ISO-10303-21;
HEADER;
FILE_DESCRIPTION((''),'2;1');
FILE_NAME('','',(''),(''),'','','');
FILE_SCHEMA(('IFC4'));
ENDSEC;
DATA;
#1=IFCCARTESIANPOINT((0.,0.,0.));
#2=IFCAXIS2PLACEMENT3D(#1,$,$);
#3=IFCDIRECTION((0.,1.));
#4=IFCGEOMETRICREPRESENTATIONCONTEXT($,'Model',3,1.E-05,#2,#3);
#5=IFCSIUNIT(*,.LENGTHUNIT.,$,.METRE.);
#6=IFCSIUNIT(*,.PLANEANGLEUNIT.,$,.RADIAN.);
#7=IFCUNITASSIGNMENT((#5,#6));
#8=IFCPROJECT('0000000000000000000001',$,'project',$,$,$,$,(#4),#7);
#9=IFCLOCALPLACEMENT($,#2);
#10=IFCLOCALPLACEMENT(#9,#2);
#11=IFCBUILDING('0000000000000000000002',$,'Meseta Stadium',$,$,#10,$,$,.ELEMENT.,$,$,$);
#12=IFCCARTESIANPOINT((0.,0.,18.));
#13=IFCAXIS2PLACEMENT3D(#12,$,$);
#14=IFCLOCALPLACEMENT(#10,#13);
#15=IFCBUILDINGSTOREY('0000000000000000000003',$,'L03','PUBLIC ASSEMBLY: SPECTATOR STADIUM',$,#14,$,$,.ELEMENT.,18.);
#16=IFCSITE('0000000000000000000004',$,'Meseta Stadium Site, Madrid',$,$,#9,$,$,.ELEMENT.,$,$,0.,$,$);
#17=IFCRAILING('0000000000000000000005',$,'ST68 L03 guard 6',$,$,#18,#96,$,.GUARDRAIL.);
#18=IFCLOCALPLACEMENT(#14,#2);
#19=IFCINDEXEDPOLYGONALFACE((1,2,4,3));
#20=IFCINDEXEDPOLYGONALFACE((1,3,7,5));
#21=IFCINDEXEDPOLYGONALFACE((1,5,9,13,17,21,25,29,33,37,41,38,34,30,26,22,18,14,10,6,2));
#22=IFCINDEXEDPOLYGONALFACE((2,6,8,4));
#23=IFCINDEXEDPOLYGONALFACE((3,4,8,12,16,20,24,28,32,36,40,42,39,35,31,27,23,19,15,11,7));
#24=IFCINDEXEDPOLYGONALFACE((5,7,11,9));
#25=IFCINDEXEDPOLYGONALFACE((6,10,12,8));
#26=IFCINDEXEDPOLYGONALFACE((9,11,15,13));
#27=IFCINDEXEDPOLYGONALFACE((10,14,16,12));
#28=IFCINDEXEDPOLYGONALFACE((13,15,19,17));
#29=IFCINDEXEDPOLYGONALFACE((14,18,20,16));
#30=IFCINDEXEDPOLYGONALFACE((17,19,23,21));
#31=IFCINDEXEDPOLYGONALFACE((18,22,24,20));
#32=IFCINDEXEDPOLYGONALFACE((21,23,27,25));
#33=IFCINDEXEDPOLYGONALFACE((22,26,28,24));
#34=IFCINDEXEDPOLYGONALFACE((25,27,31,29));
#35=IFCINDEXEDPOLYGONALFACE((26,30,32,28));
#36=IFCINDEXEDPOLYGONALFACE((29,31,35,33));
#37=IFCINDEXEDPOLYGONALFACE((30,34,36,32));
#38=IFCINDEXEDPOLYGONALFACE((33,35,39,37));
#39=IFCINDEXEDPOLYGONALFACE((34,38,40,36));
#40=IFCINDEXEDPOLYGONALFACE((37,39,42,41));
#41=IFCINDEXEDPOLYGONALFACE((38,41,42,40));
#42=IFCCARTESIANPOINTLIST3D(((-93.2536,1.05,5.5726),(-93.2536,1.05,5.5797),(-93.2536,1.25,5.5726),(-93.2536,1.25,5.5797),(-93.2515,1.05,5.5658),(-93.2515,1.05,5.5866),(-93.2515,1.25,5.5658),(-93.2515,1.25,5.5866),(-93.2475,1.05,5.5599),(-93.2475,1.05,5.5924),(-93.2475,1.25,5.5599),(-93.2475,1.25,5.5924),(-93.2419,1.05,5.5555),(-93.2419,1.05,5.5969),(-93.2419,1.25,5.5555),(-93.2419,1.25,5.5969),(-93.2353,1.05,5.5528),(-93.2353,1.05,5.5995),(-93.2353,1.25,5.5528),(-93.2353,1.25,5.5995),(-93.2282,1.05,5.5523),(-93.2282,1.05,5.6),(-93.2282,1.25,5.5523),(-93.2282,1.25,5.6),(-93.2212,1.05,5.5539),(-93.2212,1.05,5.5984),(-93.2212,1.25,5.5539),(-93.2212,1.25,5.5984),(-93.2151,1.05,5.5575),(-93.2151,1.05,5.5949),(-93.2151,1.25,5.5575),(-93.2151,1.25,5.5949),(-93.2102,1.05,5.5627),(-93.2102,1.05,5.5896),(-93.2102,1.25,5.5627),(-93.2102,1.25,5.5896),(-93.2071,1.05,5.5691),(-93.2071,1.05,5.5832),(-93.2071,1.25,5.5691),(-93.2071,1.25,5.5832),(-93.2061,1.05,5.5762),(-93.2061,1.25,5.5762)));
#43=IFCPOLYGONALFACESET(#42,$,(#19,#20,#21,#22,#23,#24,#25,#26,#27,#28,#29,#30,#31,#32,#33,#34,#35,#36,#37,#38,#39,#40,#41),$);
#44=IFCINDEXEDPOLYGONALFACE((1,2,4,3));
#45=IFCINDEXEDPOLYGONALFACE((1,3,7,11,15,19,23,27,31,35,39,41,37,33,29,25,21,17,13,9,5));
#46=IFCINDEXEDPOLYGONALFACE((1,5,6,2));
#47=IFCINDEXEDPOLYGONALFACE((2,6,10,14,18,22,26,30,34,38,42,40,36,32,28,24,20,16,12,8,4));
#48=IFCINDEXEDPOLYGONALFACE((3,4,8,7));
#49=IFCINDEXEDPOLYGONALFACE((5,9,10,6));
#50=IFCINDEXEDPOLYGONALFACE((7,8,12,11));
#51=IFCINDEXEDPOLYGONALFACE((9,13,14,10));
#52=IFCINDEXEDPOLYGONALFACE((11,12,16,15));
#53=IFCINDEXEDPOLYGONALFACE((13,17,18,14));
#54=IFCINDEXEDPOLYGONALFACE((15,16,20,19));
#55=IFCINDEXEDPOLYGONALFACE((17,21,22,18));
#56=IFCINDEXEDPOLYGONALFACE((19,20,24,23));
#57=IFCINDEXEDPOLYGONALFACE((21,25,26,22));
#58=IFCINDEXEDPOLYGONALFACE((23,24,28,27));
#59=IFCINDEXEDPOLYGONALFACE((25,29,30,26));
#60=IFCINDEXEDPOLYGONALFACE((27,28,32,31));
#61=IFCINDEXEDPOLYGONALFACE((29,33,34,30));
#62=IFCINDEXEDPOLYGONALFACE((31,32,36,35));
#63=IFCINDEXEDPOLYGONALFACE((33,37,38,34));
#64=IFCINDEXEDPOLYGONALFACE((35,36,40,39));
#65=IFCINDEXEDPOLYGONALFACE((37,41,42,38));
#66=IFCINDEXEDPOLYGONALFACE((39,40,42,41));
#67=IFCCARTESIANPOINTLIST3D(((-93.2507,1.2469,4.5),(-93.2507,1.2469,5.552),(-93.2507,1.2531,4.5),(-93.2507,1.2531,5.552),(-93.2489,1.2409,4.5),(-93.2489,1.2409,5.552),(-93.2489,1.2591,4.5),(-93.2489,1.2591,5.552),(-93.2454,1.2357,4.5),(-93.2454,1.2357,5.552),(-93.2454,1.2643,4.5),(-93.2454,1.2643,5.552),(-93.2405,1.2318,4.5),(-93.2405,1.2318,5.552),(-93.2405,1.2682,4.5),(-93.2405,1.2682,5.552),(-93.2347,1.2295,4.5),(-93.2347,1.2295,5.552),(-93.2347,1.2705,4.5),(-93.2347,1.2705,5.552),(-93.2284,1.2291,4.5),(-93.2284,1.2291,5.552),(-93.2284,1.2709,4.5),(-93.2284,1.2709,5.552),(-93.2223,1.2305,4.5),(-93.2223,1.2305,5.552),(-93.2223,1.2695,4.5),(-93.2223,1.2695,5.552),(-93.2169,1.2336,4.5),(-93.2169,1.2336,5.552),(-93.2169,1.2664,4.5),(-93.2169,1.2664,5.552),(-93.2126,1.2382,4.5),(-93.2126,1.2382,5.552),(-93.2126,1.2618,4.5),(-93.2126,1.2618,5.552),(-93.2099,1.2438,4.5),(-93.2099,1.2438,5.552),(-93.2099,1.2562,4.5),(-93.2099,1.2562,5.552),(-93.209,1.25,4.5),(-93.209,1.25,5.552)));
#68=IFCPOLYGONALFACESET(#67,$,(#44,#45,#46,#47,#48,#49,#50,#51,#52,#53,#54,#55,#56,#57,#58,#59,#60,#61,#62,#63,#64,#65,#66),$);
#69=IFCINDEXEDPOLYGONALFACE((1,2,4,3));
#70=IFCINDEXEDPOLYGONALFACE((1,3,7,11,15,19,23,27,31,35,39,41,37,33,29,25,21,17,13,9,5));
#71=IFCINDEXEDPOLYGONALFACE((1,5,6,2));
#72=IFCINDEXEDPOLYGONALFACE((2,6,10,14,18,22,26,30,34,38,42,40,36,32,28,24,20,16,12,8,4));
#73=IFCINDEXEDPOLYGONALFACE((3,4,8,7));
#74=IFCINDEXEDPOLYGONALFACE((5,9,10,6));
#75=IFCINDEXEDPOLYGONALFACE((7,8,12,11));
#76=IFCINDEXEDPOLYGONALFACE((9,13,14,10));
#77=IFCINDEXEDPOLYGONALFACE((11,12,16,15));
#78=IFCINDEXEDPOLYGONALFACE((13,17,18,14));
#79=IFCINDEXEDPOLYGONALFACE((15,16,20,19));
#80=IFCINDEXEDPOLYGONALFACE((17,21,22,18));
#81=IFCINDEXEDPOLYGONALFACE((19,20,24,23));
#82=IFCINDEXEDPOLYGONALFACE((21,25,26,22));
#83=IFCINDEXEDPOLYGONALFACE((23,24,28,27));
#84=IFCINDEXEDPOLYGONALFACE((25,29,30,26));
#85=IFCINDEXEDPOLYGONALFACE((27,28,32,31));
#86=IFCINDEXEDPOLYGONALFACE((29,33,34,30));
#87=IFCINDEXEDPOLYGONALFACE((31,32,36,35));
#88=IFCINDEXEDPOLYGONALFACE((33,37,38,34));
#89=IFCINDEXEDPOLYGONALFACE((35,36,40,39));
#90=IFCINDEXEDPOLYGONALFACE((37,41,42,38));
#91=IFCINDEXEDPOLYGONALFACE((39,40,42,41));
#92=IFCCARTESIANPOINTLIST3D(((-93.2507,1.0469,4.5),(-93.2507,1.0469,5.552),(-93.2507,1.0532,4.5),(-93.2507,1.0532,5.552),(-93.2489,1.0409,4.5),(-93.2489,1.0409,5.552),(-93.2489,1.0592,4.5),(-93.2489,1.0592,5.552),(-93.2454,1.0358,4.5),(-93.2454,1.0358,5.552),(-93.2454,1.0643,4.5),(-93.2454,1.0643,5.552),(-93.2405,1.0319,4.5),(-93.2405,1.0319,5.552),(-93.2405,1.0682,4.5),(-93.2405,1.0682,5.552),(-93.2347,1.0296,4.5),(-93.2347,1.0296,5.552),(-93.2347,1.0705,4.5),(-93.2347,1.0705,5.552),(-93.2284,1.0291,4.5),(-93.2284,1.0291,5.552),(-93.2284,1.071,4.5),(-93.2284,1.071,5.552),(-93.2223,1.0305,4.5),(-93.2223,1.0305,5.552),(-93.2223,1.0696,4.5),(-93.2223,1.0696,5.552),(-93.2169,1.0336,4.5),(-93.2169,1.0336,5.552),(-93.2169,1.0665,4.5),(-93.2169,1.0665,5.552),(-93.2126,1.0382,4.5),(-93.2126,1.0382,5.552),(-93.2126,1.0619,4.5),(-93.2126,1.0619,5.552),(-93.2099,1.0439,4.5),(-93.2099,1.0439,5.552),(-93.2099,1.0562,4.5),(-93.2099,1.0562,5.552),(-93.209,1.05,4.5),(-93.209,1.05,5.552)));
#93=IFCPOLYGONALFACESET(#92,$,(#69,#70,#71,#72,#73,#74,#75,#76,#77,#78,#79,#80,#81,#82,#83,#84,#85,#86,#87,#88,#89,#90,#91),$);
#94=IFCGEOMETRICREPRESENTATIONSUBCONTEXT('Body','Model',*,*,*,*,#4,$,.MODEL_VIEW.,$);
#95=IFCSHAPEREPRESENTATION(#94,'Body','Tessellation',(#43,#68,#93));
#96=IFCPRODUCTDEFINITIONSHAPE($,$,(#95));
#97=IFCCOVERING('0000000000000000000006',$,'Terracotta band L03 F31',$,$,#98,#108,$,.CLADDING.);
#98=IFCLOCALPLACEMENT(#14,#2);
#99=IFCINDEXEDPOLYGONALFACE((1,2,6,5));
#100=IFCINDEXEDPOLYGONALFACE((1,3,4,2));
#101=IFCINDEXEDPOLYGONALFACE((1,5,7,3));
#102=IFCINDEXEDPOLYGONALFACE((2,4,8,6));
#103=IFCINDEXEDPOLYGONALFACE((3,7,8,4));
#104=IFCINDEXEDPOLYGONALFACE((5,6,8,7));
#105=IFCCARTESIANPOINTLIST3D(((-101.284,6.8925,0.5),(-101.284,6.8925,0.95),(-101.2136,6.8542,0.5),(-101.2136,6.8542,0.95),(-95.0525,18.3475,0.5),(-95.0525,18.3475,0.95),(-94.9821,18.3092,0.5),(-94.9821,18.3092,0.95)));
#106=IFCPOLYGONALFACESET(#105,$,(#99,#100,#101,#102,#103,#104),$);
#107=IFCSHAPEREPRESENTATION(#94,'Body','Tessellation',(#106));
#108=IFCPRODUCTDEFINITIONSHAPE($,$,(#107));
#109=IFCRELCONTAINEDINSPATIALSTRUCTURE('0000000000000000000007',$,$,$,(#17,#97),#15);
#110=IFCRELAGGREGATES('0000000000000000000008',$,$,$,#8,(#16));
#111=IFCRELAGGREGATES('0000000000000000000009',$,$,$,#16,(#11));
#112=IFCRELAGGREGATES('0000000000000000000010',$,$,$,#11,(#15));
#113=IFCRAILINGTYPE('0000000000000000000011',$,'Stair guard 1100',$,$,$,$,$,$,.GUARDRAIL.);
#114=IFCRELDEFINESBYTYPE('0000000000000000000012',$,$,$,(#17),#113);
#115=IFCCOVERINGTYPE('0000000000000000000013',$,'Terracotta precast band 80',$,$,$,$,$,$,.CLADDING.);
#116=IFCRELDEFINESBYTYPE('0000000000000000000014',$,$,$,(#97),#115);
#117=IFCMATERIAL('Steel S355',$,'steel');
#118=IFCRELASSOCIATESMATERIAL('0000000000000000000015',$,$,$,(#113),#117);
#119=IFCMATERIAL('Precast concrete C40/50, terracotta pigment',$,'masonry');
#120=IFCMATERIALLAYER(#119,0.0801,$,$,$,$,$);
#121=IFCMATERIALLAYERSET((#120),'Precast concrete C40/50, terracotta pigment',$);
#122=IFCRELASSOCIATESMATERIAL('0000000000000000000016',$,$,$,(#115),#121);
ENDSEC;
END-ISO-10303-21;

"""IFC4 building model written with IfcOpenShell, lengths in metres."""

from ifc_helpers import new_model, si_unit, direction, frame, origin, origin_2d, place, context, subcontext, project, spatial, rectangle, circle, extrude, material, layer, layer_set, type_object, element, save


model = new_model("IFC4")

# Units and contexts
model_context = context("Model", 3, precision=1e-05, world=origin(), true_north=direction((0.0, 1.0)))
body_context = subcontext(model_context, "Body", "Model", "MODEL_VIEW")
ifc_project = project(units=[si_unit("LENGTHUNIT", "METRE"), si_unit("PLANEANGLEUNIT", "RADIAN")], contexts=[model_context])

# Site, building, storey
site_placement = place(None, origin())
site = spatial("IfcSite", under=ifc_project, at=site_placement, Name="Meseta Stadium Site, Madrid", CompositionType="ELEMENT", RefElevation=0.0)
building_placement = place(site_placement, origin())
building = spatial("IfcBuilding", under=site, at=building_placement, Name="Meseta Stadium", CompositionType="ELEMENT")
storey_placement = place(building_placement, frame((0.0, 0.0, 18.0)))
storey = spatial("IfcBuildingStorey", under=building, at=storey_placement, Name="L03", Description="PUBLIC ASSEMBLY: SPECTATOR STADIUM", CompositionType="ELEMENT", Elevation=18.0)

# Railing
ifc_material_1 = material(Name="Steel S355", Category="steel")
railing_type = type_object("IfcRailingType", Name="Stair guard 1100", PredefinedType="GUARDRAIL", material=ifc_material_1)
for number, where, name in (
    (1, (-93.23, 1.25, 4.5), "ST68 L03 guard 6"),
):
    element("IfcRailing", number, at=place(storey_placement, frame(where)), inside=storey, type_object=railing_type, Name=name, PredefinedType="GUARDRAIL", context=body_context, shape_type="SweptSolid", body=[
        extrude(circle(Radius=0.0239, at=origin_2d()), frame((0.0, 0.0, 1.0762), z_axis=(0.0, -1.0, 0.0), x_axis=(1.0, 0.0, 0.0)), (0.0, 0.0, 1.0), 0.2),
        extrude(circle(Radius=0.021, at=origin_2d()), origin(), (0.0, 0.0, 1.0), 1.052),
        extrude(circle(Radius=0.021, at=origin_2d()), frame((0.0, -0.2, 0.0)), (0.0, 0.0, 1.0), 1.052),
    ])

# Covering
ifc_material_2 = material(Name="Precast concrete C40/50, terracotta pigment", Category="masonry")
ifc_layer_1 = layer(ifc_material_2, 0.0801)
ifc_layer_set_1 = layer_set([ifc_layer_1], Name="Precast concrete C40/50, terracotta pigment")
covering_type_1 = type_object("IfcCoveringType", Name="Terracotta precast band 80", PredefinedType="CLADDING", material=ifc_layer_set_1)
covering_1_placement = place(storey_placement, frame((-98.1331, 12.6008, 0.5), z_axis=(0.0, 0.0, 1.0), x_axis=(0.477867, 0.878432, 0.0)))
element("IfcCovering", 2, at=covering_1_placement, inside=storey, type_object=covering_type_1, Name="Terracotta band L03 F31", PredefinedType="CLADDING", context=body_context, shape_type="SweptSolid", body=[
    extrude(rectangle(XDim=13.0403, YDim=0.0801, at=origin_2d()), origin(), (0.0, 0.0, 1.0), 0.45),
])

save(model, "model.ifc")
